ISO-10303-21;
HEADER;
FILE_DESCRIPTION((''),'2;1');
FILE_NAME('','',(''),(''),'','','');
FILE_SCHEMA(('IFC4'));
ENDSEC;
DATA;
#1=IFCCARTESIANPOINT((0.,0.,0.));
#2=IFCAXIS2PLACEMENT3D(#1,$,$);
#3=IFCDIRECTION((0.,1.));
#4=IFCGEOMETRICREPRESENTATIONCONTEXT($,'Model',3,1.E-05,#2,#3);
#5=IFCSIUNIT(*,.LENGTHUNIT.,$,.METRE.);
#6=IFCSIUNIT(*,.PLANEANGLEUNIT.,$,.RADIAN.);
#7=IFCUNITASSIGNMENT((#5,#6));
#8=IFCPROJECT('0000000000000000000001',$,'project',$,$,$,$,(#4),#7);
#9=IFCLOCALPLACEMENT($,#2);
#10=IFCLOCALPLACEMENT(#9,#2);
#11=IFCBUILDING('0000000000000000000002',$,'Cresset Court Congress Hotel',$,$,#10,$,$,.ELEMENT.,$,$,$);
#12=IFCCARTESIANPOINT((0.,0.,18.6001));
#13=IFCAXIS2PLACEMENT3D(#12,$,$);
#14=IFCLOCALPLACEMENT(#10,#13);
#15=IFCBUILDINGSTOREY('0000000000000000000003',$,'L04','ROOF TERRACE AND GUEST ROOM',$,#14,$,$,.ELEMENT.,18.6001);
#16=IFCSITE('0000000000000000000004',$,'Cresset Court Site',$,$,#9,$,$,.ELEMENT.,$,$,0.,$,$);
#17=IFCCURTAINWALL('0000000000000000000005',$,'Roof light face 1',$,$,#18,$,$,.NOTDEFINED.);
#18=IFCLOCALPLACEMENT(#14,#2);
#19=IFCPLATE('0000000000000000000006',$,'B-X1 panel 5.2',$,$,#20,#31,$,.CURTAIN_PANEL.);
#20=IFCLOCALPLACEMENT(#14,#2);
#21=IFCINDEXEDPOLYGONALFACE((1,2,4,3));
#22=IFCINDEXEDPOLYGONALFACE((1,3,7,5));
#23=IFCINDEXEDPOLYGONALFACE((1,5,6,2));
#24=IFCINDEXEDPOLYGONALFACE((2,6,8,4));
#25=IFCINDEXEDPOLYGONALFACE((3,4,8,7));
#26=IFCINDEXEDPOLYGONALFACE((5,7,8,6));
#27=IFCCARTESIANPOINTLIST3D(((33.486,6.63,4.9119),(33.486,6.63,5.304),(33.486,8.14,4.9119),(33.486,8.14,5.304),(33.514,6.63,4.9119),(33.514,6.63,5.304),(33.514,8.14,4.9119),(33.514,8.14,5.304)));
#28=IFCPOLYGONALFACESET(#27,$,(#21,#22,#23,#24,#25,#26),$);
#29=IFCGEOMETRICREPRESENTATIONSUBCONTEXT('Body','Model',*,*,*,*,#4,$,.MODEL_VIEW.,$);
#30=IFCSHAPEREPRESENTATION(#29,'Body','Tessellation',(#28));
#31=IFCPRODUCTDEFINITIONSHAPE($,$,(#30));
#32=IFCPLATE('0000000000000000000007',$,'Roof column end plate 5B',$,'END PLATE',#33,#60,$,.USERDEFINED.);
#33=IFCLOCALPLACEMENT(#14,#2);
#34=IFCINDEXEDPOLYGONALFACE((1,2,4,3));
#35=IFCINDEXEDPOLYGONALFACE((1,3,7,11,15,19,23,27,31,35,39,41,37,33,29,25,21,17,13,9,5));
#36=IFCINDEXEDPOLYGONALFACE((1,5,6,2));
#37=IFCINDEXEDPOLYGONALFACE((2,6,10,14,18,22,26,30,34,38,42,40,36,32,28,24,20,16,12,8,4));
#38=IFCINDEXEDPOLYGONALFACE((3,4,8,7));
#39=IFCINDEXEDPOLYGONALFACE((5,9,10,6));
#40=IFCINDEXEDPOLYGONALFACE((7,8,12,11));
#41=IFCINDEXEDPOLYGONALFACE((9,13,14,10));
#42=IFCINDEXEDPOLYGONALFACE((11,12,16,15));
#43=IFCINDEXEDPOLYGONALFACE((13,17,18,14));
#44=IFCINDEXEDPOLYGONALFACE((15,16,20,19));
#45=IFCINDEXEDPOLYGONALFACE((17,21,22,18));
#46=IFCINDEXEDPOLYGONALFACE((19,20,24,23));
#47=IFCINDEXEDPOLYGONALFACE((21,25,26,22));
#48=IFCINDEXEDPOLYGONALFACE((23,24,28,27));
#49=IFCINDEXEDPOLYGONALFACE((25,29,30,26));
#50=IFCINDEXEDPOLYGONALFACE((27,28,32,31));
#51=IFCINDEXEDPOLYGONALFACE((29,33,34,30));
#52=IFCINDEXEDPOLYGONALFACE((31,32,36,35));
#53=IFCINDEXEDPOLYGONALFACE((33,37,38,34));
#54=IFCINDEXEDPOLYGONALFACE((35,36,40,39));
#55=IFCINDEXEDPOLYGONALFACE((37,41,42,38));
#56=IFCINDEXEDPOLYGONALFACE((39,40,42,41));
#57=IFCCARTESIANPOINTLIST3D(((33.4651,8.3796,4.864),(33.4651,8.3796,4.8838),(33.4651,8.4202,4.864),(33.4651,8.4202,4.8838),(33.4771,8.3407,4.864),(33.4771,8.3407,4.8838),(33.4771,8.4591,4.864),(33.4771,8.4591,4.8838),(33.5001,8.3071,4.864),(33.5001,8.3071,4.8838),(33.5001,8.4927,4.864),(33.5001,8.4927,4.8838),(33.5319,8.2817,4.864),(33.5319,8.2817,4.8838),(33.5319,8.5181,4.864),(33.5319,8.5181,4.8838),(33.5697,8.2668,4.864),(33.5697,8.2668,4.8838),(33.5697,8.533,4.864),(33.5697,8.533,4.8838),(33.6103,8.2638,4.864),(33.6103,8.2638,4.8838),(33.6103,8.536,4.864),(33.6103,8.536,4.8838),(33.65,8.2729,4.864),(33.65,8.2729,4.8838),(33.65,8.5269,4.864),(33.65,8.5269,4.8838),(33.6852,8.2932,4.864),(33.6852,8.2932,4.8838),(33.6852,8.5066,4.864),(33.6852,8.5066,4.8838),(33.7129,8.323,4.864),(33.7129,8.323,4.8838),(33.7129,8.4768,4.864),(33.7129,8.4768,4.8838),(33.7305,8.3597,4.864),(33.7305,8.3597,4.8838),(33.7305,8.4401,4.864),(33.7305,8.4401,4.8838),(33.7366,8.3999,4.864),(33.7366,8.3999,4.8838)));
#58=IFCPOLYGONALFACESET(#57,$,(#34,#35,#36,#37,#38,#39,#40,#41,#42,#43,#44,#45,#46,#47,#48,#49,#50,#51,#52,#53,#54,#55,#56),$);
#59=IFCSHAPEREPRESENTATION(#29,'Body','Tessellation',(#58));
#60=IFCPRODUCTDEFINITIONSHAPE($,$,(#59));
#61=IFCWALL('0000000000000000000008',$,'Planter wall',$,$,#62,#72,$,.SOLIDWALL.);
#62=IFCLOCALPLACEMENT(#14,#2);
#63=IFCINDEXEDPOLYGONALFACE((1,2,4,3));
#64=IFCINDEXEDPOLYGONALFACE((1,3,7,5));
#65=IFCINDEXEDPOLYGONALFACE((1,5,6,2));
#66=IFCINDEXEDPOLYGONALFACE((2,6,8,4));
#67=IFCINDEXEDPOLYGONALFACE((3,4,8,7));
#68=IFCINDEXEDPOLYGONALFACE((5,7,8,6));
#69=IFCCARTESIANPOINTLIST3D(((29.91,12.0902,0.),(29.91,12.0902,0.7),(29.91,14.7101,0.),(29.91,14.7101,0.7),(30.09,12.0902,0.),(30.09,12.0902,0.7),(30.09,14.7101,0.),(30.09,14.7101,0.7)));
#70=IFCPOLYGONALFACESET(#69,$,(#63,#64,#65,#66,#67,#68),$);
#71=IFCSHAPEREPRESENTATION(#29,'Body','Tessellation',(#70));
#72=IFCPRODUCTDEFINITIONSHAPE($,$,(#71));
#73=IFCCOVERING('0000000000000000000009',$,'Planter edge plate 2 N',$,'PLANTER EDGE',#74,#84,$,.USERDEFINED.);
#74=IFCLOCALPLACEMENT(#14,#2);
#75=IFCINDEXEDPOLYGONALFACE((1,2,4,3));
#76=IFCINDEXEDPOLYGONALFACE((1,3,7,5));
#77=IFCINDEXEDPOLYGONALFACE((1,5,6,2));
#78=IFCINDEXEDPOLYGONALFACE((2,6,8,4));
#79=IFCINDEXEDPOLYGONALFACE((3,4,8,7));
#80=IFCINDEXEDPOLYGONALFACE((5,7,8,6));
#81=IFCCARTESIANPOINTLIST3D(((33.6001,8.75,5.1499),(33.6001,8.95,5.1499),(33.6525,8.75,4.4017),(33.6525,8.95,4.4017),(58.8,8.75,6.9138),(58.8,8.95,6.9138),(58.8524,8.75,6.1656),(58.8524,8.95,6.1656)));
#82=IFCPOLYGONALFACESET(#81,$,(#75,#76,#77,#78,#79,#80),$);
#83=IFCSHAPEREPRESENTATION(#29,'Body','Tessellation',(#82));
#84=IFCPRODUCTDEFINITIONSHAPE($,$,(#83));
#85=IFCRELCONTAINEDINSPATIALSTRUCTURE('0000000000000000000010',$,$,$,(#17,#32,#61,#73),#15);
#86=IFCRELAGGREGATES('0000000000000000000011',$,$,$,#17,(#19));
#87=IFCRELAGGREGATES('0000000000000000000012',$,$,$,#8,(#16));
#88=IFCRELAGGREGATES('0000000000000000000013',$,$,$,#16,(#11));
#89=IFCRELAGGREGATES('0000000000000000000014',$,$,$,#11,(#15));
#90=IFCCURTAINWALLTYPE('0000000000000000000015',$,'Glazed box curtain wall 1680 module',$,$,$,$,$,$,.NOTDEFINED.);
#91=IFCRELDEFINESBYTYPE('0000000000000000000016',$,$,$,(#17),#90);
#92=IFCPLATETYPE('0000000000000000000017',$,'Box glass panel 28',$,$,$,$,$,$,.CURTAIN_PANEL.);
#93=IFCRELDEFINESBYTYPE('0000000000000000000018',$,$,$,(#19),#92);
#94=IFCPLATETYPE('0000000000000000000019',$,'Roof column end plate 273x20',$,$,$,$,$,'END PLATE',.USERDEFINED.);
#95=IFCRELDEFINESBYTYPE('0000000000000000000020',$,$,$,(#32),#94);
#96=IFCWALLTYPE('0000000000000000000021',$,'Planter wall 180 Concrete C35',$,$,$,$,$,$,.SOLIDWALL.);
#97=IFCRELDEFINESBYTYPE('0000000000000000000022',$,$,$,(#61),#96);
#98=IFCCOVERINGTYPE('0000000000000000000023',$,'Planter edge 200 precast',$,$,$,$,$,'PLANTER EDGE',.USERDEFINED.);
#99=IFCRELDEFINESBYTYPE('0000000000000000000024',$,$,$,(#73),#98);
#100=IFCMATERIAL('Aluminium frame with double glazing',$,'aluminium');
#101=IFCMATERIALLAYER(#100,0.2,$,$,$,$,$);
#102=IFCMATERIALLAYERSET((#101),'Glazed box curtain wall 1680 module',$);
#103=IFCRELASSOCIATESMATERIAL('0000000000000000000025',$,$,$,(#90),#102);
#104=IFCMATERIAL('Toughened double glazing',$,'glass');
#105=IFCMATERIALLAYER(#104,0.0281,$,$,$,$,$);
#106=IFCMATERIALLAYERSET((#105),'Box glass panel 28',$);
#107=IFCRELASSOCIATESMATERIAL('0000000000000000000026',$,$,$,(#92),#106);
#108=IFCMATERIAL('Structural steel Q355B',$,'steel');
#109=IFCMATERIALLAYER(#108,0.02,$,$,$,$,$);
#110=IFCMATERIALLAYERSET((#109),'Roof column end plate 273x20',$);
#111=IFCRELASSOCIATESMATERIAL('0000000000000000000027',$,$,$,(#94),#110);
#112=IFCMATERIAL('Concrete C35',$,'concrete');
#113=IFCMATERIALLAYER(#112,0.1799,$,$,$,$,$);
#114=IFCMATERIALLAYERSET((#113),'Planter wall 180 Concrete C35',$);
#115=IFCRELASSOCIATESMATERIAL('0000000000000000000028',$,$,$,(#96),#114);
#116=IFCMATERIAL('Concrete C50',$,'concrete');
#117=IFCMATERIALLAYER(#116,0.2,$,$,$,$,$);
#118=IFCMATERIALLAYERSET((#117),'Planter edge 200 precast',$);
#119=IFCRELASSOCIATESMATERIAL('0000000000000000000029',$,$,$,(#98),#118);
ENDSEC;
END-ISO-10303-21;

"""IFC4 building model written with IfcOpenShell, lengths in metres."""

from ifc_helpers import new_model, si_unit, direction, frame, frame_2d, origin, origin_2d, place, context, subcontext, project, spatial, polyline, rectangle, circle, outline, extrude, material, layer, layer_set, type_object, element, aggregate, save


model = new_model("IFC4")

# Units and contexts
model_context = context("Model", 3, precision=1e-05, world=origin(), true_north=direction((0.0, 1.0)))
body_context = subcontext(model_context, "Body", "Model", "MODEL_VIEW")
ifc_project = project(units=[si_unit("LENGTHUNIT", "METRE"), si_unit("PLANEANGLEUNIT", "RADIAN")], contexts=[model_context])

# Site, building, storey
site_placement = place(None, origin())
site = spatial("IfcSite", under=ifc_project, at=site_placement, Name="Cresset Court Site", CompositionType="ELEMENT", RefElevation=0.0)
building_placement = place(site_placement, origin())
building = spatial("IfcBuilding", under=site, at=building_placement, Name="Cresset Court Congress Hotel", CompositionType="ELEMENT")
storey_placement = place(building_placement, frame((0.0, 0.0, 18.6001)))
storey = spatial("IfcBuildingStorey", under=building, at=storey_placement, Name="L04", Description="ROOF TERRACE AND GUEST ROOM", CompositionType="ELEMENT", Elevation=18.6001)

# Curtain wall
ifc_material_1 = material(Name="Aluminium frame with double glazing", Category="aluminium")
ifc_layer_1 = layer(ifc_material_1, 0.2)
ifc_layer_set_1 = layer_set([ifc_layer_1], Name="Glazed box curtain wall 1680 module")
curtain_wall_type = type_object("IfcCurtainWallType", Name="Glazed box curtain wall 1680 module", PredefinedType="NOTDEFINED", material=ifc_layer_set_1)
curtain_wall_placement = place(storey_placement, origin())
curtain_wall = element("IfcCurtainWall", 1, at=curtain_wall_placement, inside=storey, type_object=curtain_wall_type, Name="Roof light face 1", PredefinedType="NOTDEFINED")

# Plates
ifc_material_2 = material(Name="Toughened double glazing", Category="glass")
ifc_layer_2 = layer(ifc_material_2, 0.0281)
ifc_layer_set_2 = layer_set([ifc_layer_2], Name="Box glass panel 28")
plate_type_1 = type_object("IfcPlateType", Name="Box glass panel 28", PredefinedType="CURTAIN_PANEL", material=ifc_layer_set_2)
plate_1_placement = place(storey_placement, frame((33.5, 7.385, 4.9119), z_axis=(0.0, 0.0, 1.0), x_axis=(0.0, 1.0, 0.0)))
plate_1 = element("IfcPlate", 2, at=plate_1_placement, type_object=plate_type_1, Name="B-X1 panel 5.2", PredefinedType="CURTAIN_PANEL", context=body_context, shape_type="SweptSolid", body=[
    extrude(rectangle(XDim=1.51, YDim=0.0281, at=origin_2d()), origin(), (0.0, 0.0, 1.0), 0.3921),
])
aggregate(curtain_wall, [plate_1])
ifc_material_3 = material(Name="Structural steel Q355B", Category="steel")
ifc_layer_3 = layer(ifc_material_3, 0.02)
ifc_layer_set_3 = layer_set([ifc_layer_3], Name="Roof column end plate 273x20")
plate_type_2 = type_object("IfcPlateType", Name="Roof column end plate 273x20", ElementType="END PLATE", PredefinedType="USERDEFINED", material=ifc_layer_set_3)
plate_2_placement = place(storey_placement, frame((33.6001, 8.3999, 4.864), z_axis=(0.0, 0.0, 1.0), x_axis=(1.0, 0.0, 0.0)))
element("IfcPlate", 3, at=plate_2_placement, inside=storey, type_object=plate_type_2, Name="Roof column end plate 5B", ObjectType="END PLATE", PredefinedType="USERDEFINED", context=body_context, shape_type="SweptSolid", body=[
    extrude(circle(Radius=0.1365, at=origin_2d()), origin(), (0.0, 0.0, 1.0), 0.0198),
])

# Wall
ifc_material_4 = material(Name="Concrete C35", Category="concrete")
ifc_layer_4 = layer(ifc_material_4, 0.1799)
ifc_layer_set_4 = layer_set([ifc_layer_4], Name="Planter wall 180 Concrete C35")
wall_type = type_object("IfcWallType", Name="Planter wall 180 Concrete C35", PredefinedType="SOLIDWALL", material=ifc_layer_set_4)
wall_placement = place(storey_placement, frame((30.0, 12.0901, 0.0), z_axis=(0.0, 0.0, 1.0), x_axis=(0.0, 1.0, 0.0)))
element("IfcWall", 4, at=wall_placement, inside=storey, type_object=wall_type, Name="Planter wall", PredefinedType="SOLIDWALL", context=body_context, shape_type="SweptSolid", body=[
    extrude(rectangle(XDim=2.6199, YDim=0.1799, at=frame_2d((1.3101, 0.0))), origin(), (0.0, 0.0, 1.0), 0.7),
])

# Covering
ifc_material_5 = material(Name="Concrete C50", Category="concrete")
ifc_layer_5 = layer(ifc_material_5, 0.2)
ifc_layer_set_5 = layer_set([ifc_layer_5], Name="Planter edge 200 precast")
covering_type = type_object("IfcCoveringType", Name="Planter edge 200 precast", ElementType="PLANTER EDGE", PredefinedType="USERDEFINED", material=ifc_layer_set_5)
covering_placement = place(storey_placement, frame((33.6001, 8.75, 5.1499), z_axis=(-0.069826, 0.0, 0.997559), x_axis=(0.997559, 0.0, 0.069826)))
element("IfcCovering", 5, at=covering_placement, inside=storey, type_object=covering_type, Name="Planter edge plate 2 N", ObjectType="PLANTER EDGE", PredefinedType="USERDEFINED", context=body_context, shape_type="SweptSolid", body=[
    extrude(outline(polyline([(0.0, 0.0), (25.2616, 0.0), (25.2616, 0.2), (0.0, 0.2), (0.0, 0.0)])), origin(), (0.0, 0.0, -1.0), 0.75),
])

save(model, "model.ifc")
